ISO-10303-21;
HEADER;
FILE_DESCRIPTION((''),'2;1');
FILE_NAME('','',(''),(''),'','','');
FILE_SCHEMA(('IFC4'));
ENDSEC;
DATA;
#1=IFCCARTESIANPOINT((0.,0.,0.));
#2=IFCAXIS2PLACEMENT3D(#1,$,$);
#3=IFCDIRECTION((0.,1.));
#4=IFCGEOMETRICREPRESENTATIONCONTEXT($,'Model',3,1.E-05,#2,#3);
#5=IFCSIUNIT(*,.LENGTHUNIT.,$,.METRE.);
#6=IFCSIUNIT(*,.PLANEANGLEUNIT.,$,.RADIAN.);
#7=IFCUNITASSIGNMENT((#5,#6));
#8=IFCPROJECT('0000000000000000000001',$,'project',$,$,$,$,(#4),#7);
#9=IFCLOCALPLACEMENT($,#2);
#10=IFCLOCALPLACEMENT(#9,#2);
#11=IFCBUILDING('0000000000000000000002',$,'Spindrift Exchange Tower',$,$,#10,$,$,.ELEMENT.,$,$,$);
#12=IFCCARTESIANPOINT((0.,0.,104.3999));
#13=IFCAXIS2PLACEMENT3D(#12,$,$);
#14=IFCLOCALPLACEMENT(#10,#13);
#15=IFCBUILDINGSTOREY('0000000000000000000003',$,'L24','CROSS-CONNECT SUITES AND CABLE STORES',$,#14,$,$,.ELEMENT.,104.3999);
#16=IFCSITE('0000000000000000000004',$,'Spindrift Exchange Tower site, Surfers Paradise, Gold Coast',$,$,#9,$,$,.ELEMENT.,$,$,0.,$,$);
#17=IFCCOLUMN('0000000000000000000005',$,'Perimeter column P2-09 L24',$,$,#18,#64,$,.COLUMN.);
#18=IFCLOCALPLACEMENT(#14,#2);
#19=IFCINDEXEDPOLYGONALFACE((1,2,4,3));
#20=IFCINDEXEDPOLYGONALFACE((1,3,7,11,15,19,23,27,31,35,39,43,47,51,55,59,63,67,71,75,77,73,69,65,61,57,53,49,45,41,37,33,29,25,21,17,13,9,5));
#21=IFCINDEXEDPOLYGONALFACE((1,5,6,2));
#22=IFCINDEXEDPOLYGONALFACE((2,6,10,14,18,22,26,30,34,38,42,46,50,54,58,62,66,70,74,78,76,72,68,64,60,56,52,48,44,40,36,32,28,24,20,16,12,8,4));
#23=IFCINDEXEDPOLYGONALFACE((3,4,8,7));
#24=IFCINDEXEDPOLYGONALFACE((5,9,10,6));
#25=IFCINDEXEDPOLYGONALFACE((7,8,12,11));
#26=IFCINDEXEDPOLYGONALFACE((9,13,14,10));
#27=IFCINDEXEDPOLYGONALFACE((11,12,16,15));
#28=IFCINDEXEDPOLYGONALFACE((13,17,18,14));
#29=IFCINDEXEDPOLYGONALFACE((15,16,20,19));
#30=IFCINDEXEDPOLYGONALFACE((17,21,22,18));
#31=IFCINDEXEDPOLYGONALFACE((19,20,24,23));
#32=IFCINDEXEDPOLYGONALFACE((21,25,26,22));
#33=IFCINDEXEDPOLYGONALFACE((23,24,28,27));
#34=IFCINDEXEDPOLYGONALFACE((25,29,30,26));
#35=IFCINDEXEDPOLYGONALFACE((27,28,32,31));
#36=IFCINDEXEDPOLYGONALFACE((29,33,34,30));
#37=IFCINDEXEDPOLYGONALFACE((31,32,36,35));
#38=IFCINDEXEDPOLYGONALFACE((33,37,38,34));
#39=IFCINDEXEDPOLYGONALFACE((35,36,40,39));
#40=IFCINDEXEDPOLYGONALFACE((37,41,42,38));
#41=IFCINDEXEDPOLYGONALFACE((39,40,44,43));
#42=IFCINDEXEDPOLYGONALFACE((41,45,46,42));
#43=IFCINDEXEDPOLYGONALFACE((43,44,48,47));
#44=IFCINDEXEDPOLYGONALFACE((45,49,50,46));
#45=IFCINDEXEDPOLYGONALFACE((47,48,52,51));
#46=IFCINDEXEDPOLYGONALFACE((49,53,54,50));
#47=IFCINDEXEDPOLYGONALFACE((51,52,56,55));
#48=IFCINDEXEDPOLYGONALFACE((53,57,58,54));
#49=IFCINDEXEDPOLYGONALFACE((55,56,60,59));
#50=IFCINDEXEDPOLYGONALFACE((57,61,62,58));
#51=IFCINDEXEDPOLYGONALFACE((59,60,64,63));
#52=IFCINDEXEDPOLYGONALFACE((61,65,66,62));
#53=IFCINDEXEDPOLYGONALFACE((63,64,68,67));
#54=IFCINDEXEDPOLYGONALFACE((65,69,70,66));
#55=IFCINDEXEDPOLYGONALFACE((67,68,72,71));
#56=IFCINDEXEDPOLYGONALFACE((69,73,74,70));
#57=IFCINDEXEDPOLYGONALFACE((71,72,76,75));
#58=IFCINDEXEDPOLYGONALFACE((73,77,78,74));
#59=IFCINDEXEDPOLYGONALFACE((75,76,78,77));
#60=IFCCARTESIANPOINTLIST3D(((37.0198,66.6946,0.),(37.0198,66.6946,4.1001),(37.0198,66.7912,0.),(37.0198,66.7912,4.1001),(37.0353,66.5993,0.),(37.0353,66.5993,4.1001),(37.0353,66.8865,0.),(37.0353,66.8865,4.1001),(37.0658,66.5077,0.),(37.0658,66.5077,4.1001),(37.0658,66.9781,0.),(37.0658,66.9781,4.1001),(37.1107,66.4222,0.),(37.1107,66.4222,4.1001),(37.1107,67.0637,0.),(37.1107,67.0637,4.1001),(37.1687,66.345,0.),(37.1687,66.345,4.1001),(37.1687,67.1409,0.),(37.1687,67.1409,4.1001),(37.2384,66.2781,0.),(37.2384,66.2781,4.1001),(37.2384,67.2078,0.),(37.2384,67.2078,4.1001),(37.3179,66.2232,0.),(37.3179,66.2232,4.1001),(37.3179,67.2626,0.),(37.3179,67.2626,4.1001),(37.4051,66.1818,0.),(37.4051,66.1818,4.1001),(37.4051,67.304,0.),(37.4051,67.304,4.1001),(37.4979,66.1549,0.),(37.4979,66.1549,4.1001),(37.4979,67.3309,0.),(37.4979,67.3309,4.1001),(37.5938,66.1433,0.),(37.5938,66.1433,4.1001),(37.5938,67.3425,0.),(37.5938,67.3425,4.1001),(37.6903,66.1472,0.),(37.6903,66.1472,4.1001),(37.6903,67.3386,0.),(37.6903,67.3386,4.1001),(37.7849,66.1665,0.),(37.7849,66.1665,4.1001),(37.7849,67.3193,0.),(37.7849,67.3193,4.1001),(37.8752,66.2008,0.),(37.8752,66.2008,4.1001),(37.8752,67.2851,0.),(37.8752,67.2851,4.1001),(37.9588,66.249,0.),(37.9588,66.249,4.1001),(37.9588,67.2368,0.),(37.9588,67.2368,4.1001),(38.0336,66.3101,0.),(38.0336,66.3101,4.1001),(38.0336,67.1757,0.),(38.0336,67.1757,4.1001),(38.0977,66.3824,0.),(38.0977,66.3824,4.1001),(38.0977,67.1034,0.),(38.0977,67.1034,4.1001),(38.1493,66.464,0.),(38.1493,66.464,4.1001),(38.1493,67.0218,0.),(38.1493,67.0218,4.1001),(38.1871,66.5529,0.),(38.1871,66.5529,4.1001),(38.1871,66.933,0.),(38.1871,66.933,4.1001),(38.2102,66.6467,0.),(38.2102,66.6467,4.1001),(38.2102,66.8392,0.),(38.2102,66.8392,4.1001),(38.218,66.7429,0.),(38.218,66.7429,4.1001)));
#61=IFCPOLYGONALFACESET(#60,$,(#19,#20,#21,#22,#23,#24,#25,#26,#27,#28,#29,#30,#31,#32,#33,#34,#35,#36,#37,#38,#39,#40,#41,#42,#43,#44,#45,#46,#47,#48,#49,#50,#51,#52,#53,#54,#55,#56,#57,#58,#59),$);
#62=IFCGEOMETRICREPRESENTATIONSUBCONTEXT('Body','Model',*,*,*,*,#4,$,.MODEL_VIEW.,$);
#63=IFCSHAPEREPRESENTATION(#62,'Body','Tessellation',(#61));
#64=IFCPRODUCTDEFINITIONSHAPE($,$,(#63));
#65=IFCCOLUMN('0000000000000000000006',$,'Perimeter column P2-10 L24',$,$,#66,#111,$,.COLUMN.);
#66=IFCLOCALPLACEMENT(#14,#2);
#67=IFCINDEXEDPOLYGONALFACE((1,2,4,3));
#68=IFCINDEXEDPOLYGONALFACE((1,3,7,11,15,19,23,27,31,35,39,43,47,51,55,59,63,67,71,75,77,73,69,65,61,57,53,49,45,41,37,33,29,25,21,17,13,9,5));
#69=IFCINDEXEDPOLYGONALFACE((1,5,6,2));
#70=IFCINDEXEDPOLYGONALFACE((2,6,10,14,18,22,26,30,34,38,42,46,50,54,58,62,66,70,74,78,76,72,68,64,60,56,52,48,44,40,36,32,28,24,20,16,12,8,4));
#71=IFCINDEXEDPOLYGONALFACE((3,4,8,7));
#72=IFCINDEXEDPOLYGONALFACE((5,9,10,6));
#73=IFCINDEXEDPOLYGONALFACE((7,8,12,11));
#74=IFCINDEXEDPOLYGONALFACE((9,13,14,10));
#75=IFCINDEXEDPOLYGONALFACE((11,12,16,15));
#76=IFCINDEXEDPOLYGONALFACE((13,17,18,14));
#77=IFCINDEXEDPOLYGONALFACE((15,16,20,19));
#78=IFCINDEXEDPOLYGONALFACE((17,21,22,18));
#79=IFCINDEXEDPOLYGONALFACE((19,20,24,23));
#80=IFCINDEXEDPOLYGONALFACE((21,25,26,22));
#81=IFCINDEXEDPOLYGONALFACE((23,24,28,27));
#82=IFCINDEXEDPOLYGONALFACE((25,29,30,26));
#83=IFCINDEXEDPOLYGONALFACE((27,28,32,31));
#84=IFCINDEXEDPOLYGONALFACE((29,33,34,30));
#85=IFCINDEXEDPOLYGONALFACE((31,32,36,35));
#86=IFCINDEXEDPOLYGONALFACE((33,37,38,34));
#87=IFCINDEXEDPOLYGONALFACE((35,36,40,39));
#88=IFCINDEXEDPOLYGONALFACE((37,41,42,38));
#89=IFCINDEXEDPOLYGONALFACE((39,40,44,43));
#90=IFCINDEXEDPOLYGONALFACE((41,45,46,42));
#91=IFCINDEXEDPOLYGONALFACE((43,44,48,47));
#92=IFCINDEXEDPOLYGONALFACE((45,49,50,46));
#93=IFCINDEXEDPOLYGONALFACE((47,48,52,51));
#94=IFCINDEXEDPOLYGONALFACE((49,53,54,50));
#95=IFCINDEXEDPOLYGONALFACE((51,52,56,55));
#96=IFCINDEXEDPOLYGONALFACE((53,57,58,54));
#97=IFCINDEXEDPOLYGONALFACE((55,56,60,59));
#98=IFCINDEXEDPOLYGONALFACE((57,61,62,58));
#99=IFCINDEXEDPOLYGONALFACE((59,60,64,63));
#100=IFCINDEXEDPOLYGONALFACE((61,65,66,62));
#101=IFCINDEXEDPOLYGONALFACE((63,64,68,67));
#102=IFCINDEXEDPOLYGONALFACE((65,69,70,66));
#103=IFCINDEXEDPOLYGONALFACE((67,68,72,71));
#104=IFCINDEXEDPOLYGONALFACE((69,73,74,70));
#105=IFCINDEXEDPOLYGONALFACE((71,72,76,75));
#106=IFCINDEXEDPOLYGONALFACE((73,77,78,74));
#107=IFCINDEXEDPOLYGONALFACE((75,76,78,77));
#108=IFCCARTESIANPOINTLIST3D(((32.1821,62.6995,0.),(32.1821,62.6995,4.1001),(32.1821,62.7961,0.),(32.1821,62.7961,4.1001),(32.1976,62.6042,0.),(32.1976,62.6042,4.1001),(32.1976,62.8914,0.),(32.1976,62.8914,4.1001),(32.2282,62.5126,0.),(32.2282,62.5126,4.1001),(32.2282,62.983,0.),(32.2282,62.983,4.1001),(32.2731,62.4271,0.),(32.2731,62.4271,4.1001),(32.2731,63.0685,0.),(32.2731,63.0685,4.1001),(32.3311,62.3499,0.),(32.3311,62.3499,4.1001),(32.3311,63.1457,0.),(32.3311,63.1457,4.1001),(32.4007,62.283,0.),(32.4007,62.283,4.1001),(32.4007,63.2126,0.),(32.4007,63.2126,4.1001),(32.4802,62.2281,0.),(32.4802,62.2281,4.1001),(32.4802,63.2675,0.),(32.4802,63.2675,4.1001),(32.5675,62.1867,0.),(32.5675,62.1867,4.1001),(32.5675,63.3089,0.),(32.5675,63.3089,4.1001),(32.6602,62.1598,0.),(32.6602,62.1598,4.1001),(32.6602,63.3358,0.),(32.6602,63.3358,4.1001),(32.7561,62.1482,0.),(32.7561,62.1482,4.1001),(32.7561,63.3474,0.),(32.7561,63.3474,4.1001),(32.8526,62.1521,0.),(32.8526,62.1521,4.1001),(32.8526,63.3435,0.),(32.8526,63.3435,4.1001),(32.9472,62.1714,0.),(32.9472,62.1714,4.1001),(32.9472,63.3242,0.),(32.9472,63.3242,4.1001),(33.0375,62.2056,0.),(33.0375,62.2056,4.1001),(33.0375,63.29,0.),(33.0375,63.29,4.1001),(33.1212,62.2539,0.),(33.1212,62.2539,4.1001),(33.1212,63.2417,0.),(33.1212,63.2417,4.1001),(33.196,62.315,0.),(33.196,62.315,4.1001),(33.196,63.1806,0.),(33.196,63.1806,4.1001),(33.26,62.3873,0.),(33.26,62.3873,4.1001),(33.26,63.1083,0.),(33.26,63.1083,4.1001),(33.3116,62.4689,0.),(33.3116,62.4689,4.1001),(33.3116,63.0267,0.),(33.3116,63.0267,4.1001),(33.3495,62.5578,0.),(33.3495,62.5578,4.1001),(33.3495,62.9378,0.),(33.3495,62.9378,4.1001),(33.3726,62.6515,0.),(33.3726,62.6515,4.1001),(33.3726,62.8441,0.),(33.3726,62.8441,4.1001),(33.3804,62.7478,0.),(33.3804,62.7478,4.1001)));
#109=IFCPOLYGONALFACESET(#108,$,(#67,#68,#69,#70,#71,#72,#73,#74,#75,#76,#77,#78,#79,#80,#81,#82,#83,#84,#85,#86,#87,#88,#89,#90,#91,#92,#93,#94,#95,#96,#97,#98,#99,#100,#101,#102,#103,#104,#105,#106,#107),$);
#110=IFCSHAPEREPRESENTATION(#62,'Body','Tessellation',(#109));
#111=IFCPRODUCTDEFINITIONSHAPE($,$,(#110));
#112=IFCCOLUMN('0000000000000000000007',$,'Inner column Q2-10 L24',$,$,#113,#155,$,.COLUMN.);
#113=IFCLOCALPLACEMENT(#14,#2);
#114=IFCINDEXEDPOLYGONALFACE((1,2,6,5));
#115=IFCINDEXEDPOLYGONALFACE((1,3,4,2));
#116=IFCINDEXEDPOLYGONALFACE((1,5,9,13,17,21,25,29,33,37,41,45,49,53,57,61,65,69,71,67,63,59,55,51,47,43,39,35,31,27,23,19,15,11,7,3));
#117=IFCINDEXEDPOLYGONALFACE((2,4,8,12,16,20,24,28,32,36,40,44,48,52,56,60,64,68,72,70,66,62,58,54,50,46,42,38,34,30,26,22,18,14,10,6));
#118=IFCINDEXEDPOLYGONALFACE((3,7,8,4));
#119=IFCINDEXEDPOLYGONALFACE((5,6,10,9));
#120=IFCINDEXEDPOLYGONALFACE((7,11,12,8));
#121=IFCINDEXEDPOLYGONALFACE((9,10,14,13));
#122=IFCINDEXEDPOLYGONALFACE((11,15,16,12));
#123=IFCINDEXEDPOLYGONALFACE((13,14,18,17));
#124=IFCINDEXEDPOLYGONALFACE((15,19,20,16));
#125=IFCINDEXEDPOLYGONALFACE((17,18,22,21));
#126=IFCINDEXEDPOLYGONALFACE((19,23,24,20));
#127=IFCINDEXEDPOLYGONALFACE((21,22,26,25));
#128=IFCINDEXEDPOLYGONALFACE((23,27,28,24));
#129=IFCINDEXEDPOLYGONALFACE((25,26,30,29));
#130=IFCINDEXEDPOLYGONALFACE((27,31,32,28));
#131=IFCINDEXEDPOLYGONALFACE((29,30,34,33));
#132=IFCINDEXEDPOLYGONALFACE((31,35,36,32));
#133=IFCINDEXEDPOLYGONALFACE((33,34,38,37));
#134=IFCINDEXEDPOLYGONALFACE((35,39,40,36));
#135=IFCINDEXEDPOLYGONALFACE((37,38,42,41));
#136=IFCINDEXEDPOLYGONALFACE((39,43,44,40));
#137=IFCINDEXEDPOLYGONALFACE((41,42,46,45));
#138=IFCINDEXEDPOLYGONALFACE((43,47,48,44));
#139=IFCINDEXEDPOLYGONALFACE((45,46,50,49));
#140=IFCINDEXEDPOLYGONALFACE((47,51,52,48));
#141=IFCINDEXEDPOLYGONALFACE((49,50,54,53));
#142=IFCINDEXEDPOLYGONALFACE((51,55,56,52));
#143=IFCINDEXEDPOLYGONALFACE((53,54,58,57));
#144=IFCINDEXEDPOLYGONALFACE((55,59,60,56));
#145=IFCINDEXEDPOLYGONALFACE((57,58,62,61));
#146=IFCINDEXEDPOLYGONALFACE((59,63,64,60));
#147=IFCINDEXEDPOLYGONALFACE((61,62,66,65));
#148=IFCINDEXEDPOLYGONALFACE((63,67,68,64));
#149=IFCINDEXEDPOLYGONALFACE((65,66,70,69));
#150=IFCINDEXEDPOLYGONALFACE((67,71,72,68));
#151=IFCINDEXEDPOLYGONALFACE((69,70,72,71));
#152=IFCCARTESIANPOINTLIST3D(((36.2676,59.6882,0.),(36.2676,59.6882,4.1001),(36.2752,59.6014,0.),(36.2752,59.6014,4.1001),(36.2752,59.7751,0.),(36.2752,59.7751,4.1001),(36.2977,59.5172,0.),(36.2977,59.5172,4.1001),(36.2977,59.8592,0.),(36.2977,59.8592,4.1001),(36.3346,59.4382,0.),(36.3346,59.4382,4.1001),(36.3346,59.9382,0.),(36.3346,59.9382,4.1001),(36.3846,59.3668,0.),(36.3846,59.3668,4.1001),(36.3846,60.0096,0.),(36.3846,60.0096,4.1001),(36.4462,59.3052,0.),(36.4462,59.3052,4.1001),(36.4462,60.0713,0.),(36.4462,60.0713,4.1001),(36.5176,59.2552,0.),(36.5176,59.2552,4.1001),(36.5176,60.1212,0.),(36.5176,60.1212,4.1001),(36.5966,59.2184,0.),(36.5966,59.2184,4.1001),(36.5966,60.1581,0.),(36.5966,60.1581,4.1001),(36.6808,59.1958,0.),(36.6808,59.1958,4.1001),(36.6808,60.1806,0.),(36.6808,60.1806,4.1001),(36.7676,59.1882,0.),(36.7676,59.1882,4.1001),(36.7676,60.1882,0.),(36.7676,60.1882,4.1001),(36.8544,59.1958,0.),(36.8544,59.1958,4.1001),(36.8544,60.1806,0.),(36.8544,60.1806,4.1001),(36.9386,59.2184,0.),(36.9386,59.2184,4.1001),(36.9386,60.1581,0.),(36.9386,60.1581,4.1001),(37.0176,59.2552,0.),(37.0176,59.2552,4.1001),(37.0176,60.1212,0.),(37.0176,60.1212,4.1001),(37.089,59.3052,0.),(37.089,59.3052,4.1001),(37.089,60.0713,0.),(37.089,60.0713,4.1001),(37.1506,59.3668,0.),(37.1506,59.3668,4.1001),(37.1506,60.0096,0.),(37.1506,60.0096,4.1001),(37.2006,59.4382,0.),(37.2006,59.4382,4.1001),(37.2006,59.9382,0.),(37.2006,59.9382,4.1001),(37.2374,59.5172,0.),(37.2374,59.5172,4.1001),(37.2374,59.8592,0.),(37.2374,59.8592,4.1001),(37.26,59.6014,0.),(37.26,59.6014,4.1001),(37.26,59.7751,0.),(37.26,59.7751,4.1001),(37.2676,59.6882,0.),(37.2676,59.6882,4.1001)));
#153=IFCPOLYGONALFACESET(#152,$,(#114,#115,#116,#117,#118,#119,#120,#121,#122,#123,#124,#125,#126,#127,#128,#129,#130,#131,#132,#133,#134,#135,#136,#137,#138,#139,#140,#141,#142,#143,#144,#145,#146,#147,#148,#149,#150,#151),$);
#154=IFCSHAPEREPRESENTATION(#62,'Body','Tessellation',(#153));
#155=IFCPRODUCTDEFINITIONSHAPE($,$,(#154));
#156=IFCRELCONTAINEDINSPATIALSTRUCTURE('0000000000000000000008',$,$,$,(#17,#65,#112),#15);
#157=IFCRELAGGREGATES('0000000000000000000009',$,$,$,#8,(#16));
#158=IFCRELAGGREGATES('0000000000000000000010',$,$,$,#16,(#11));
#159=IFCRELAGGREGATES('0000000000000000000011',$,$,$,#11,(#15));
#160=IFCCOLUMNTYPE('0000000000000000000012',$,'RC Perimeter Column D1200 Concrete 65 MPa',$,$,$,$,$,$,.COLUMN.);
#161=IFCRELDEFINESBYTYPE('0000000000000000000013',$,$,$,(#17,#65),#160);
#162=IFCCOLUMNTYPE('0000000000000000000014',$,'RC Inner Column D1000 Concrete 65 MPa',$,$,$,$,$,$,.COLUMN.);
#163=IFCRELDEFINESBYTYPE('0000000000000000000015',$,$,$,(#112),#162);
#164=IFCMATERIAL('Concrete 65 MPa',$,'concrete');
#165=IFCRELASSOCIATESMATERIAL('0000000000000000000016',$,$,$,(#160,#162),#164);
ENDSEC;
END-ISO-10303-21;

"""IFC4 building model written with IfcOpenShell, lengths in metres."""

from ifc_helpers import new_model, si_unit, direction, frame, origin, origin_2d, place, context, subcontext, project, spatial, circle, extrude, source, transform, mapped, material, material_profile, profile_set, type_object, element, save


model = new_model("IFC4")

# Units and contexts
model_context = context("Model", 3, precision=1e-05, world=origin(), true_north=direction((0.0, 1.0)))
body_context = subcontext(model_context, "Body", "Model", "MODEL_VIEW")
ifc_project = project(units=[si_unit("LENGTHUNIT", "METRE"), si_unit("PLANEANGLEUNIT", "RADIAN")], contexts=[model_context])

# Site, building, storey
site_placement = place(None, origin())
site = spatial("IfcSite", under=ifc_project, at=site_placement, Name="Spindrift Exchange Tower site, Surfers Paradise, Gold Coast", CompositionType="ELEMENT", RefElevation=0.0)
building_placement = place(site_placement, origin())
building = spatial("IfcBuilding", under=site, at=building_placement, Name="Spindrift Exchange Tower", CompositionType="ELEMENT")
storey_placement = place(building_placement, frame((0.0, 0.0, 104.3999)))
storey = spatial("IfcBuildingStorey", under=building, at=storey_placement, Name="L24", Description="CROSS-CONNECT SUITES AND CABLE STORES", CompositionType="ELEMENT", Elevation=104.3999)

# Columns
ifc_material_1 = material(Name="Concrete 65 MPa", Category="concrete")
ifc_material_profile_1 = material_profile(ifc_material_1, circle(Radius=0.6001, at=origin_2d()), Name="RC D1200")
ifc_profile_set_1 = profile_set([ifc_material_profile_1], Name="Concrete 65 MPa")
column_type_1 = type_object("IfcColumnType", Name="RC Perimeter Column D1200 Concrete 65 MPa", PredefinedType="COLUMN", material=ifc_profile_set_1)
shared_shape_1 = source(origin(), body_context, "Body", "SweptSolid", [
    extrude(circle(Radius=0.6001, at=origin_2d()), origin(), (0.0, 0.0, 1.0), 4.1001),
])
for number, where, z_axis, x_axis, name in (
    (1, (37.6179, 66.7429, 0.0), (0.0, 0.0, 1.0), (1.0, 0.0, 0.0), "Perimeter column P2-09 L24"),
    (2, (32.7803, 62.7478, 0.0), (0.0, 0.0, 1.0), (1.0, 0.0, 0.0), "Perimeter column P2-10 L24"),
):
    element("IfcColumn", number, at=place(storey_placement, frame(where, z_axis=z_axis, x_axis=x_axis)), inside=storey, type_object=column_type_1, Name=name, PredefinedType="COLUMN", context=body_context, shape_type="MappedRepresentation", body=[
        mapped(shared_shape_1, transform((0.0, 0.0, 0.0), scale=1.0)),
    ])
ifc_material_profile_2 = material_profile(ifc_material_1, circle(Radius=0.5, at=origin_2d()), Name="RC D1000")
ifc_profile_set_2 = profile_set([ifc_material_profile_2], Name="Concrete 65 MPa")
column_type_2 = type_object("IfcColumnType", Name="RC Inner Column D1000 Concrete 65 MPa", PredefinedType="COLUMN", material=ifc_profile_set_2)
shared_shape_2 = source(origin(), body_context, "Body", "SweptSolid", [
    extrude(circle(Radius=0.5, at=origin_2d()), origin(), (0.0, 0.0, 1.0), 4.1001),
])
column_placement = place(storey_placement, frame((36.7676, 59.6882, 0.0), z_axis=(0.0, 0.0, 1.0), x_axis=(1.0, 0.0, 0.0)))
element("IfcColumn", 3, at=column_placement, inside=storey, type_object=column_type_2, Name="Inner column Q2-10 L24", PredefinedType="COLUMN", context=body_context, shape_type="MappedRepresentation", body=[
    mapped(shared_shape_2, transform((0.0, 0.0, 0.0), scale=1.0)),
])

save(model, "model.ifc")
